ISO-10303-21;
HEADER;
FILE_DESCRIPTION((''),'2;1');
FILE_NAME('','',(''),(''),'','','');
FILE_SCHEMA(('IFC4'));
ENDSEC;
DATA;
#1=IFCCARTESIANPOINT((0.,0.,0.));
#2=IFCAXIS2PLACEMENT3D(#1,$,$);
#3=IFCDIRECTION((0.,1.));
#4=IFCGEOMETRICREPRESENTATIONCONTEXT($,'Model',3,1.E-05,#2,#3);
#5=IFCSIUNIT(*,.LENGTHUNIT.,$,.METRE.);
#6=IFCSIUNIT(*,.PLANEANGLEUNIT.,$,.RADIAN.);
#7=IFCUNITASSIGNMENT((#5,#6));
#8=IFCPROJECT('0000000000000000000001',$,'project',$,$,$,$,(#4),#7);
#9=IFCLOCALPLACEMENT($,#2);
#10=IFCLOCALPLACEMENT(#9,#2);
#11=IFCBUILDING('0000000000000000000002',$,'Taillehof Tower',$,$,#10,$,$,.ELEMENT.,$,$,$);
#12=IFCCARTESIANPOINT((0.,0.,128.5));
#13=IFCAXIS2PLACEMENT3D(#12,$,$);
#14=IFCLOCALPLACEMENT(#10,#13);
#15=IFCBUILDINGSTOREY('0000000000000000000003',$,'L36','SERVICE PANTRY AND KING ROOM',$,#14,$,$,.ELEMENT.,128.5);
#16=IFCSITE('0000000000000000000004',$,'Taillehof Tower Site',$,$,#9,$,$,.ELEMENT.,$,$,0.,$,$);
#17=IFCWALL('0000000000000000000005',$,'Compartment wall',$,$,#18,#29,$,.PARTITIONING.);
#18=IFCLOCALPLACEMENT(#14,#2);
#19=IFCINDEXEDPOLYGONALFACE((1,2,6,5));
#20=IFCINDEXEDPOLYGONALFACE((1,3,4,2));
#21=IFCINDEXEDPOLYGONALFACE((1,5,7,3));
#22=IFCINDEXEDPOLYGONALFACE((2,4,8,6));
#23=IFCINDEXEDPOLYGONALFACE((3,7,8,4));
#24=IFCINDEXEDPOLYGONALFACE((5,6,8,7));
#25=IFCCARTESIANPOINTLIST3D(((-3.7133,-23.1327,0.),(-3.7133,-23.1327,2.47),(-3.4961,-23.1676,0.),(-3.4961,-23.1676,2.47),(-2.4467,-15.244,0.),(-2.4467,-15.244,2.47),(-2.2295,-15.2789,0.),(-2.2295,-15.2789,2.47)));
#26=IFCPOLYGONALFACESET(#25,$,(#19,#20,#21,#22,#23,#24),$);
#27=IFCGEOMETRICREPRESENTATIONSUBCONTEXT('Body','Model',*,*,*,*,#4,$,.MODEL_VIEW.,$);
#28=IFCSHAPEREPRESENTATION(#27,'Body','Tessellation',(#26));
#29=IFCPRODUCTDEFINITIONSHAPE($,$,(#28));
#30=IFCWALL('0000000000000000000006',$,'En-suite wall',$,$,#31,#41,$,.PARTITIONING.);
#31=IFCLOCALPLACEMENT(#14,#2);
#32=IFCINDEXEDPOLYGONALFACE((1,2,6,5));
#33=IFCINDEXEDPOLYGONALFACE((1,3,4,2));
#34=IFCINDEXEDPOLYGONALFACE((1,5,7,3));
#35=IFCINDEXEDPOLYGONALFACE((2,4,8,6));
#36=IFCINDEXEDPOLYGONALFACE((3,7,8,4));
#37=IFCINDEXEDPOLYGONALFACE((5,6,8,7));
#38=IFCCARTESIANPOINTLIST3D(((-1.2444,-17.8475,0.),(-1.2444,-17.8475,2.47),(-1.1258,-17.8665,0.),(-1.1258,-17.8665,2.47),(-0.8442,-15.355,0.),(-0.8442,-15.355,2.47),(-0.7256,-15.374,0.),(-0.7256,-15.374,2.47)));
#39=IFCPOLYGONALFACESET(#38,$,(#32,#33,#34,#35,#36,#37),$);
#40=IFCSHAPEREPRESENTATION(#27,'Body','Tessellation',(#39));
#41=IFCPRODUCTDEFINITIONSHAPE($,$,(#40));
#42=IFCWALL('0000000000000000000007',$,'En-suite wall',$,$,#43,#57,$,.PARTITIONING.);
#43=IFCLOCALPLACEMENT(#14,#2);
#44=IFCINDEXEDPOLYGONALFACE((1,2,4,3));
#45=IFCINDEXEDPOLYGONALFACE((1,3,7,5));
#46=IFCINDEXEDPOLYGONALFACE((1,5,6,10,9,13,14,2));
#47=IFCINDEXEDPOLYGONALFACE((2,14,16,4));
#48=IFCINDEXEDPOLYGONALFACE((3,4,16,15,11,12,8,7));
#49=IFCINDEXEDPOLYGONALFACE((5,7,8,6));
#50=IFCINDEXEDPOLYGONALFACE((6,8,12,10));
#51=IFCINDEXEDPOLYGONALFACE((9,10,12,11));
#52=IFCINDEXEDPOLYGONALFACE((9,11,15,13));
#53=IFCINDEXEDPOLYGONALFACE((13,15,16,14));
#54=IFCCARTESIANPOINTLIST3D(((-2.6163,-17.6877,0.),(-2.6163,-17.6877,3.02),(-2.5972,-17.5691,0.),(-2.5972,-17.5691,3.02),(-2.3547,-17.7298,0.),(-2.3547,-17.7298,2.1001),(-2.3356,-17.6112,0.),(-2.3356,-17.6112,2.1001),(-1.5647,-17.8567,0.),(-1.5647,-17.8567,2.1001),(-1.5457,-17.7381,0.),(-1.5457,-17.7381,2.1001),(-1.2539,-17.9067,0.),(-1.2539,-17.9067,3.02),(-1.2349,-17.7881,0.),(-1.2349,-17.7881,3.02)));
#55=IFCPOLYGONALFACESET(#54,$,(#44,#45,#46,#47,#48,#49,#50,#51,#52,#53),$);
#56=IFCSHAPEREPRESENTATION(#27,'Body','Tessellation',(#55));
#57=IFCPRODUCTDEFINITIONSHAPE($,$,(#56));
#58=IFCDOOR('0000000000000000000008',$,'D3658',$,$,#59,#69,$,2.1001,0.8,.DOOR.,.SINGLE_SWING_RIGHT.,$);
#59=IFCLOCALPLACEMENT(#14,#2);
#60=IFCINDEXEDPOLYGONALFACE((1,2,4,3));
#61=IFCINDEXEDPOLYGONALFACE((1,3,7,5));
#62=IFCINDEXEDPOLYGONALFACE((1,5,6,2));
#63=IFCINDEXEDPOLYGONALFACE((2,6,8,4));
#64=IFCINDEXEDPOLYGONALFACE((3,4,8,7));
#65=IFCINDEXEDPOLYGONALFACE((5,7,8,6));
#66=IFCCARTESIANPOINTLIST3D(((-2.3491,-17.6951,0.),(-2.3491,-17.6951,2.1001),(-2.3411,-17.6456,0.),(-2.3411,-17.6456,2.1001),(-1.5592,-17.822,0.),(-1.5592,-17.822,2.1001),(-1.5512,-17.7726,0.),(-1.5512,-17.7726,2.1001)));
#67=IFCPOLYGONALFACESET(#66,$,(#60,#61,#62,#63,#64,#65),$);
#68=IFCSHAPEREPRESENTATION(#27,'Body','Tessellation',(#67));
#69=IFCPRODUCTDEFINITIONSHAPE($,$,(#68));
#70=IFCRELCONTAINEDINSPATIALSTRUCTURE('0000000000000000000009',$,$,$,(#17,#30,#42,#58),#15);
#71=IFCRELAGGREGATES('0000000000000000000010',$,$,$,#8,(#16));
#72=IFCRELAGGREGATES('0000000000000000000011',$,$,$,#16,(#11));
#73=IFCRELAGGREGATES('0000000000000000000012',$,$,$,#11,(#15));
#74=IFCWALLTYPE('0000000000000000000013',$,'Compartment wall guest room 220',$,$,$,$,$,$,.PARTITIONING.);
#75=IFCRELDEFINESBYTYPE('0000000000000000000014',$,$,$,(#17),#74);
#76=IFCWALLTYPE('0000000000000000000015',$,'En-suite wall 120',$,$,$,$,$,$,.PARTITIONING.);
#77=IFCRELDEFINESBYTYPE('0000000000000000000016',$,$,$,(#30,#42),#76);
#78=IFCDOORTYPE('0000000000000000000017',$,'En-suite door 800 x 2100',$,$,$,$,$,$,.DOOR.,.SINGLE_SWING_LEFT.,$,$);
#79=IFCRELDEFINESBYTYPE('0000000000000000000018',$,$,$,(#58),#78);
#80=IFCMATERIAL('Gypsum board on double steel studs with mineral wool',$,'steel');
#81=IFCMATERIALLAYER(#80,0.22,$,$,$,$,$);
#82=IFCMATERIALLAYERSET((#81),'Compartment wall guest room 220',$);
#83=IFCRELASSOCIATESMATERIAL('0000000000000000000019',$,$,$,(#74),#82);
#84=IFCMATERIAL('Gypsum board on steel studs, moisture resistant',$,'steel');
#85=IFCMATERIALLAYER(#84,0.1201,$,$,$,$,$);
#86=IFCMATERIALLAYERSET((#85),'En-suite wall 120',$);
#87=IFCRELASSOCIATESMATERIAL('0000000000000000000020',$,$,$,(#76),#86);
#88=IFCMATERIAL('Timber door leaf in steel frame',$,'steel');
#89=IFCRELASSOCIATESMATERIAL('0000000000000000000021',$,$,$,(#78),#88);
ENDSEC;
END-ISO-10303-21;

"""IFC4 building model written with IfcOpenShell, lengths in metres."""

from ifc_helpers import new_model, si_unit, direction, frame, frame_2d, origin, place, context, subcontext, project, spatial, rectangle, extrude, material, layer, layer_set, type_object, element, fill, save


model = new_model("IFC4")

# Units and contexts
model_context = context("Model", 3, precision=1e-05, world=origin(), true_north=direction((0.0, 1.0)))
body_context = subcontext(model_context, "Body", "Model", "MODEL_VIEW")
ifc_project = project(units=[si_unit("LENGTHUNIT", "METRE"), si_unit("PLANEANGLEUNIT", "RADIAN")], contexts=[model_context])

# Site, building, storey
site_placement = place(None, origin())
site = spatial("IfcSite", under=ifc_project, at=site_placement, Name="Taillehof Tower Site", CompositionType="ELEMENT", RefElevation=0.0)
building_placement = place(site_placement, origin())
building = spatial("IfcBuilding", under=site, at=building_placement, Name="Taillehof Tower", CompositionType="ELEMENT")
storey_placement = place(building_placement, frame((0.0, 0.0, 128.5)))
storey = spatial("IfcBuildingStorey", under=building, at=storey_placement, Name="L36", Description="SERVICE PANTRY AND KING ROOM", CompositionType="ELEMENT", Elevation=128.5)

# Walls
ifc_material_1 = material(Name="Gypsum board on double steel studs with mineral wool", Category="steel")
ifc_layer_1 = layer(ifc_material_1, 0.22)
ifc_layer_set_1 = layer_set([ifc_layer_1], Name="Compartment wall guest room 220")
wall_type_1 = type_object("IfcWallType", Name="Compartment wall guest room 220", PredefinedType="PARTITIONING", material=ifc_layer_set_1)
wall_1_placement = place(storey_placement, frame((-3.6047, -23.1501, 0.0), z_axis=(0.0, 0.0, 1.0), x_axis=(0.158529, 0.987354, 0.0)))
element("IfcWall", 1, at=wall_1_placement, inside=storey, type_object=wall_type_1, Name="Compartment wall", PredefinedType="PARTITIONING", context=body_context, shape_type="SweptSolid", body=[
    extrude(rectangle(XDim=7.9897, YDim=0.22, at=frame_2d((3.9949, 0.0))), origin(), (0.0, 0.0, 1.0), 2.47),
])
ifc_material_2 = material(Name="Gypsum board on steel studs, moisture resistant", Category="steel")
ifc_layer_2 = layer(ifc_material_2, 0.1201)
ifc_layer_set_2 = layer_set([ifc_layer_2], Name="En-suite wall 120")
wall_type_2 = type_object("IfcWallType", Name="En-suite wall 120", PredefinedType="PARTITIONING", material=ifc_layer_set_2)
wall_2_placement = place(storey_placement, frame((-0.7849, -15.3645, 0.0), z_axis=(0.0, 0.0, 1.0), x_axis=(-0.158515, -0.987357, 0.0)))
element("IfcWall", 2, at=wall_2_placement, inside=storey, type_object=wall_type_2, Name="En-suite wall", PredefinedType="PARTITIONING", context=body_context, shape_type="SweptSolid", body=[
    extrude(rectangle(XDim=2.5244, YDim=0.1201, at=frame_2d((1.2622, 0.0))), origin(), (0.0, 0.0, 1.0), 2.47),
])

# Wall, opening, door
wall_3_placement = place(storey_placement, frame((-1.2444, -17.8474, 0.0), z_axis=(0.0, 0.0, 1.0), x_axis=(-0.987324, 0.158715, 0.0)))
wall_3 = element("IfcWall", 3, at=wall_3_placement, inside=storey, type_object=wall_type_2, Name="En-suite wall", PredefinedType="PARTITIONING", context=body_context, shape_type="SweptSolid", body=[
    extrude(rectangle(XDim=1.3799, YDim=0.1201, at=frame_2d((0.6899, 0.0))), origin(), (0.0, 0.0, 1.0), 3.02),
])
opening_1_placement = place(wall_3_placement, frame((0.3149, 0.0, 0.0)))
opening_1 = element("IfcOpeningElement", 4, at=opening_1_placement, cuts=wall_3, PredefinedType="OPENING", context=body_context, shape_type="SweptSolid", body=[
    extrude(rectangle(XDim=0.8, YDim=2.1001, at=frame_2d((0.3999, 1.05))), frame((0.0, 0.0701, 0.0), z_axis=(0.0, -1.0, 0.0), x_axis=(1.0, 0.0, 0.0)), (0.0, 0.0, 1.0), 0.1401),
])
ifc_material_3 = material(Name="Timber door leaf in steel frame", Category="steel")
door_type_1 = type_object("IfcDoorType", Name="En-suite door 800 x 2100", OperationType="SINGLE_SWING_LEFT", PredefinedType="DOOR", material=ifc_material_3)
door_1_placement = place(opening_1_placement, origin())
door_1 = element("IfcDoor", 5, at=door_1_placement, inside=storey, type_object=door_type_1, Name="D3658", OperationType="SINGLE_SWING_RIGHT", OverallHeight=2.1001, OverallWidth=0.8, PredefinedType="DOOR", context=body_context, shape_type="SweptSolid", body=[
    extrude(rectangle(XDim=0.8, YDim=2.1001, at=frame_2d((0.3999, 1.05))), frame((0.0, 0.0249, 0.0), z_axis=(0.0, -1.0, 0.0), x_axis=(1.0, 0.0, 0.0)), (0.0, 0.0, 1.0), 0.05),
])
fill(opening_1, door_1)

save(model, "model.ifc")
